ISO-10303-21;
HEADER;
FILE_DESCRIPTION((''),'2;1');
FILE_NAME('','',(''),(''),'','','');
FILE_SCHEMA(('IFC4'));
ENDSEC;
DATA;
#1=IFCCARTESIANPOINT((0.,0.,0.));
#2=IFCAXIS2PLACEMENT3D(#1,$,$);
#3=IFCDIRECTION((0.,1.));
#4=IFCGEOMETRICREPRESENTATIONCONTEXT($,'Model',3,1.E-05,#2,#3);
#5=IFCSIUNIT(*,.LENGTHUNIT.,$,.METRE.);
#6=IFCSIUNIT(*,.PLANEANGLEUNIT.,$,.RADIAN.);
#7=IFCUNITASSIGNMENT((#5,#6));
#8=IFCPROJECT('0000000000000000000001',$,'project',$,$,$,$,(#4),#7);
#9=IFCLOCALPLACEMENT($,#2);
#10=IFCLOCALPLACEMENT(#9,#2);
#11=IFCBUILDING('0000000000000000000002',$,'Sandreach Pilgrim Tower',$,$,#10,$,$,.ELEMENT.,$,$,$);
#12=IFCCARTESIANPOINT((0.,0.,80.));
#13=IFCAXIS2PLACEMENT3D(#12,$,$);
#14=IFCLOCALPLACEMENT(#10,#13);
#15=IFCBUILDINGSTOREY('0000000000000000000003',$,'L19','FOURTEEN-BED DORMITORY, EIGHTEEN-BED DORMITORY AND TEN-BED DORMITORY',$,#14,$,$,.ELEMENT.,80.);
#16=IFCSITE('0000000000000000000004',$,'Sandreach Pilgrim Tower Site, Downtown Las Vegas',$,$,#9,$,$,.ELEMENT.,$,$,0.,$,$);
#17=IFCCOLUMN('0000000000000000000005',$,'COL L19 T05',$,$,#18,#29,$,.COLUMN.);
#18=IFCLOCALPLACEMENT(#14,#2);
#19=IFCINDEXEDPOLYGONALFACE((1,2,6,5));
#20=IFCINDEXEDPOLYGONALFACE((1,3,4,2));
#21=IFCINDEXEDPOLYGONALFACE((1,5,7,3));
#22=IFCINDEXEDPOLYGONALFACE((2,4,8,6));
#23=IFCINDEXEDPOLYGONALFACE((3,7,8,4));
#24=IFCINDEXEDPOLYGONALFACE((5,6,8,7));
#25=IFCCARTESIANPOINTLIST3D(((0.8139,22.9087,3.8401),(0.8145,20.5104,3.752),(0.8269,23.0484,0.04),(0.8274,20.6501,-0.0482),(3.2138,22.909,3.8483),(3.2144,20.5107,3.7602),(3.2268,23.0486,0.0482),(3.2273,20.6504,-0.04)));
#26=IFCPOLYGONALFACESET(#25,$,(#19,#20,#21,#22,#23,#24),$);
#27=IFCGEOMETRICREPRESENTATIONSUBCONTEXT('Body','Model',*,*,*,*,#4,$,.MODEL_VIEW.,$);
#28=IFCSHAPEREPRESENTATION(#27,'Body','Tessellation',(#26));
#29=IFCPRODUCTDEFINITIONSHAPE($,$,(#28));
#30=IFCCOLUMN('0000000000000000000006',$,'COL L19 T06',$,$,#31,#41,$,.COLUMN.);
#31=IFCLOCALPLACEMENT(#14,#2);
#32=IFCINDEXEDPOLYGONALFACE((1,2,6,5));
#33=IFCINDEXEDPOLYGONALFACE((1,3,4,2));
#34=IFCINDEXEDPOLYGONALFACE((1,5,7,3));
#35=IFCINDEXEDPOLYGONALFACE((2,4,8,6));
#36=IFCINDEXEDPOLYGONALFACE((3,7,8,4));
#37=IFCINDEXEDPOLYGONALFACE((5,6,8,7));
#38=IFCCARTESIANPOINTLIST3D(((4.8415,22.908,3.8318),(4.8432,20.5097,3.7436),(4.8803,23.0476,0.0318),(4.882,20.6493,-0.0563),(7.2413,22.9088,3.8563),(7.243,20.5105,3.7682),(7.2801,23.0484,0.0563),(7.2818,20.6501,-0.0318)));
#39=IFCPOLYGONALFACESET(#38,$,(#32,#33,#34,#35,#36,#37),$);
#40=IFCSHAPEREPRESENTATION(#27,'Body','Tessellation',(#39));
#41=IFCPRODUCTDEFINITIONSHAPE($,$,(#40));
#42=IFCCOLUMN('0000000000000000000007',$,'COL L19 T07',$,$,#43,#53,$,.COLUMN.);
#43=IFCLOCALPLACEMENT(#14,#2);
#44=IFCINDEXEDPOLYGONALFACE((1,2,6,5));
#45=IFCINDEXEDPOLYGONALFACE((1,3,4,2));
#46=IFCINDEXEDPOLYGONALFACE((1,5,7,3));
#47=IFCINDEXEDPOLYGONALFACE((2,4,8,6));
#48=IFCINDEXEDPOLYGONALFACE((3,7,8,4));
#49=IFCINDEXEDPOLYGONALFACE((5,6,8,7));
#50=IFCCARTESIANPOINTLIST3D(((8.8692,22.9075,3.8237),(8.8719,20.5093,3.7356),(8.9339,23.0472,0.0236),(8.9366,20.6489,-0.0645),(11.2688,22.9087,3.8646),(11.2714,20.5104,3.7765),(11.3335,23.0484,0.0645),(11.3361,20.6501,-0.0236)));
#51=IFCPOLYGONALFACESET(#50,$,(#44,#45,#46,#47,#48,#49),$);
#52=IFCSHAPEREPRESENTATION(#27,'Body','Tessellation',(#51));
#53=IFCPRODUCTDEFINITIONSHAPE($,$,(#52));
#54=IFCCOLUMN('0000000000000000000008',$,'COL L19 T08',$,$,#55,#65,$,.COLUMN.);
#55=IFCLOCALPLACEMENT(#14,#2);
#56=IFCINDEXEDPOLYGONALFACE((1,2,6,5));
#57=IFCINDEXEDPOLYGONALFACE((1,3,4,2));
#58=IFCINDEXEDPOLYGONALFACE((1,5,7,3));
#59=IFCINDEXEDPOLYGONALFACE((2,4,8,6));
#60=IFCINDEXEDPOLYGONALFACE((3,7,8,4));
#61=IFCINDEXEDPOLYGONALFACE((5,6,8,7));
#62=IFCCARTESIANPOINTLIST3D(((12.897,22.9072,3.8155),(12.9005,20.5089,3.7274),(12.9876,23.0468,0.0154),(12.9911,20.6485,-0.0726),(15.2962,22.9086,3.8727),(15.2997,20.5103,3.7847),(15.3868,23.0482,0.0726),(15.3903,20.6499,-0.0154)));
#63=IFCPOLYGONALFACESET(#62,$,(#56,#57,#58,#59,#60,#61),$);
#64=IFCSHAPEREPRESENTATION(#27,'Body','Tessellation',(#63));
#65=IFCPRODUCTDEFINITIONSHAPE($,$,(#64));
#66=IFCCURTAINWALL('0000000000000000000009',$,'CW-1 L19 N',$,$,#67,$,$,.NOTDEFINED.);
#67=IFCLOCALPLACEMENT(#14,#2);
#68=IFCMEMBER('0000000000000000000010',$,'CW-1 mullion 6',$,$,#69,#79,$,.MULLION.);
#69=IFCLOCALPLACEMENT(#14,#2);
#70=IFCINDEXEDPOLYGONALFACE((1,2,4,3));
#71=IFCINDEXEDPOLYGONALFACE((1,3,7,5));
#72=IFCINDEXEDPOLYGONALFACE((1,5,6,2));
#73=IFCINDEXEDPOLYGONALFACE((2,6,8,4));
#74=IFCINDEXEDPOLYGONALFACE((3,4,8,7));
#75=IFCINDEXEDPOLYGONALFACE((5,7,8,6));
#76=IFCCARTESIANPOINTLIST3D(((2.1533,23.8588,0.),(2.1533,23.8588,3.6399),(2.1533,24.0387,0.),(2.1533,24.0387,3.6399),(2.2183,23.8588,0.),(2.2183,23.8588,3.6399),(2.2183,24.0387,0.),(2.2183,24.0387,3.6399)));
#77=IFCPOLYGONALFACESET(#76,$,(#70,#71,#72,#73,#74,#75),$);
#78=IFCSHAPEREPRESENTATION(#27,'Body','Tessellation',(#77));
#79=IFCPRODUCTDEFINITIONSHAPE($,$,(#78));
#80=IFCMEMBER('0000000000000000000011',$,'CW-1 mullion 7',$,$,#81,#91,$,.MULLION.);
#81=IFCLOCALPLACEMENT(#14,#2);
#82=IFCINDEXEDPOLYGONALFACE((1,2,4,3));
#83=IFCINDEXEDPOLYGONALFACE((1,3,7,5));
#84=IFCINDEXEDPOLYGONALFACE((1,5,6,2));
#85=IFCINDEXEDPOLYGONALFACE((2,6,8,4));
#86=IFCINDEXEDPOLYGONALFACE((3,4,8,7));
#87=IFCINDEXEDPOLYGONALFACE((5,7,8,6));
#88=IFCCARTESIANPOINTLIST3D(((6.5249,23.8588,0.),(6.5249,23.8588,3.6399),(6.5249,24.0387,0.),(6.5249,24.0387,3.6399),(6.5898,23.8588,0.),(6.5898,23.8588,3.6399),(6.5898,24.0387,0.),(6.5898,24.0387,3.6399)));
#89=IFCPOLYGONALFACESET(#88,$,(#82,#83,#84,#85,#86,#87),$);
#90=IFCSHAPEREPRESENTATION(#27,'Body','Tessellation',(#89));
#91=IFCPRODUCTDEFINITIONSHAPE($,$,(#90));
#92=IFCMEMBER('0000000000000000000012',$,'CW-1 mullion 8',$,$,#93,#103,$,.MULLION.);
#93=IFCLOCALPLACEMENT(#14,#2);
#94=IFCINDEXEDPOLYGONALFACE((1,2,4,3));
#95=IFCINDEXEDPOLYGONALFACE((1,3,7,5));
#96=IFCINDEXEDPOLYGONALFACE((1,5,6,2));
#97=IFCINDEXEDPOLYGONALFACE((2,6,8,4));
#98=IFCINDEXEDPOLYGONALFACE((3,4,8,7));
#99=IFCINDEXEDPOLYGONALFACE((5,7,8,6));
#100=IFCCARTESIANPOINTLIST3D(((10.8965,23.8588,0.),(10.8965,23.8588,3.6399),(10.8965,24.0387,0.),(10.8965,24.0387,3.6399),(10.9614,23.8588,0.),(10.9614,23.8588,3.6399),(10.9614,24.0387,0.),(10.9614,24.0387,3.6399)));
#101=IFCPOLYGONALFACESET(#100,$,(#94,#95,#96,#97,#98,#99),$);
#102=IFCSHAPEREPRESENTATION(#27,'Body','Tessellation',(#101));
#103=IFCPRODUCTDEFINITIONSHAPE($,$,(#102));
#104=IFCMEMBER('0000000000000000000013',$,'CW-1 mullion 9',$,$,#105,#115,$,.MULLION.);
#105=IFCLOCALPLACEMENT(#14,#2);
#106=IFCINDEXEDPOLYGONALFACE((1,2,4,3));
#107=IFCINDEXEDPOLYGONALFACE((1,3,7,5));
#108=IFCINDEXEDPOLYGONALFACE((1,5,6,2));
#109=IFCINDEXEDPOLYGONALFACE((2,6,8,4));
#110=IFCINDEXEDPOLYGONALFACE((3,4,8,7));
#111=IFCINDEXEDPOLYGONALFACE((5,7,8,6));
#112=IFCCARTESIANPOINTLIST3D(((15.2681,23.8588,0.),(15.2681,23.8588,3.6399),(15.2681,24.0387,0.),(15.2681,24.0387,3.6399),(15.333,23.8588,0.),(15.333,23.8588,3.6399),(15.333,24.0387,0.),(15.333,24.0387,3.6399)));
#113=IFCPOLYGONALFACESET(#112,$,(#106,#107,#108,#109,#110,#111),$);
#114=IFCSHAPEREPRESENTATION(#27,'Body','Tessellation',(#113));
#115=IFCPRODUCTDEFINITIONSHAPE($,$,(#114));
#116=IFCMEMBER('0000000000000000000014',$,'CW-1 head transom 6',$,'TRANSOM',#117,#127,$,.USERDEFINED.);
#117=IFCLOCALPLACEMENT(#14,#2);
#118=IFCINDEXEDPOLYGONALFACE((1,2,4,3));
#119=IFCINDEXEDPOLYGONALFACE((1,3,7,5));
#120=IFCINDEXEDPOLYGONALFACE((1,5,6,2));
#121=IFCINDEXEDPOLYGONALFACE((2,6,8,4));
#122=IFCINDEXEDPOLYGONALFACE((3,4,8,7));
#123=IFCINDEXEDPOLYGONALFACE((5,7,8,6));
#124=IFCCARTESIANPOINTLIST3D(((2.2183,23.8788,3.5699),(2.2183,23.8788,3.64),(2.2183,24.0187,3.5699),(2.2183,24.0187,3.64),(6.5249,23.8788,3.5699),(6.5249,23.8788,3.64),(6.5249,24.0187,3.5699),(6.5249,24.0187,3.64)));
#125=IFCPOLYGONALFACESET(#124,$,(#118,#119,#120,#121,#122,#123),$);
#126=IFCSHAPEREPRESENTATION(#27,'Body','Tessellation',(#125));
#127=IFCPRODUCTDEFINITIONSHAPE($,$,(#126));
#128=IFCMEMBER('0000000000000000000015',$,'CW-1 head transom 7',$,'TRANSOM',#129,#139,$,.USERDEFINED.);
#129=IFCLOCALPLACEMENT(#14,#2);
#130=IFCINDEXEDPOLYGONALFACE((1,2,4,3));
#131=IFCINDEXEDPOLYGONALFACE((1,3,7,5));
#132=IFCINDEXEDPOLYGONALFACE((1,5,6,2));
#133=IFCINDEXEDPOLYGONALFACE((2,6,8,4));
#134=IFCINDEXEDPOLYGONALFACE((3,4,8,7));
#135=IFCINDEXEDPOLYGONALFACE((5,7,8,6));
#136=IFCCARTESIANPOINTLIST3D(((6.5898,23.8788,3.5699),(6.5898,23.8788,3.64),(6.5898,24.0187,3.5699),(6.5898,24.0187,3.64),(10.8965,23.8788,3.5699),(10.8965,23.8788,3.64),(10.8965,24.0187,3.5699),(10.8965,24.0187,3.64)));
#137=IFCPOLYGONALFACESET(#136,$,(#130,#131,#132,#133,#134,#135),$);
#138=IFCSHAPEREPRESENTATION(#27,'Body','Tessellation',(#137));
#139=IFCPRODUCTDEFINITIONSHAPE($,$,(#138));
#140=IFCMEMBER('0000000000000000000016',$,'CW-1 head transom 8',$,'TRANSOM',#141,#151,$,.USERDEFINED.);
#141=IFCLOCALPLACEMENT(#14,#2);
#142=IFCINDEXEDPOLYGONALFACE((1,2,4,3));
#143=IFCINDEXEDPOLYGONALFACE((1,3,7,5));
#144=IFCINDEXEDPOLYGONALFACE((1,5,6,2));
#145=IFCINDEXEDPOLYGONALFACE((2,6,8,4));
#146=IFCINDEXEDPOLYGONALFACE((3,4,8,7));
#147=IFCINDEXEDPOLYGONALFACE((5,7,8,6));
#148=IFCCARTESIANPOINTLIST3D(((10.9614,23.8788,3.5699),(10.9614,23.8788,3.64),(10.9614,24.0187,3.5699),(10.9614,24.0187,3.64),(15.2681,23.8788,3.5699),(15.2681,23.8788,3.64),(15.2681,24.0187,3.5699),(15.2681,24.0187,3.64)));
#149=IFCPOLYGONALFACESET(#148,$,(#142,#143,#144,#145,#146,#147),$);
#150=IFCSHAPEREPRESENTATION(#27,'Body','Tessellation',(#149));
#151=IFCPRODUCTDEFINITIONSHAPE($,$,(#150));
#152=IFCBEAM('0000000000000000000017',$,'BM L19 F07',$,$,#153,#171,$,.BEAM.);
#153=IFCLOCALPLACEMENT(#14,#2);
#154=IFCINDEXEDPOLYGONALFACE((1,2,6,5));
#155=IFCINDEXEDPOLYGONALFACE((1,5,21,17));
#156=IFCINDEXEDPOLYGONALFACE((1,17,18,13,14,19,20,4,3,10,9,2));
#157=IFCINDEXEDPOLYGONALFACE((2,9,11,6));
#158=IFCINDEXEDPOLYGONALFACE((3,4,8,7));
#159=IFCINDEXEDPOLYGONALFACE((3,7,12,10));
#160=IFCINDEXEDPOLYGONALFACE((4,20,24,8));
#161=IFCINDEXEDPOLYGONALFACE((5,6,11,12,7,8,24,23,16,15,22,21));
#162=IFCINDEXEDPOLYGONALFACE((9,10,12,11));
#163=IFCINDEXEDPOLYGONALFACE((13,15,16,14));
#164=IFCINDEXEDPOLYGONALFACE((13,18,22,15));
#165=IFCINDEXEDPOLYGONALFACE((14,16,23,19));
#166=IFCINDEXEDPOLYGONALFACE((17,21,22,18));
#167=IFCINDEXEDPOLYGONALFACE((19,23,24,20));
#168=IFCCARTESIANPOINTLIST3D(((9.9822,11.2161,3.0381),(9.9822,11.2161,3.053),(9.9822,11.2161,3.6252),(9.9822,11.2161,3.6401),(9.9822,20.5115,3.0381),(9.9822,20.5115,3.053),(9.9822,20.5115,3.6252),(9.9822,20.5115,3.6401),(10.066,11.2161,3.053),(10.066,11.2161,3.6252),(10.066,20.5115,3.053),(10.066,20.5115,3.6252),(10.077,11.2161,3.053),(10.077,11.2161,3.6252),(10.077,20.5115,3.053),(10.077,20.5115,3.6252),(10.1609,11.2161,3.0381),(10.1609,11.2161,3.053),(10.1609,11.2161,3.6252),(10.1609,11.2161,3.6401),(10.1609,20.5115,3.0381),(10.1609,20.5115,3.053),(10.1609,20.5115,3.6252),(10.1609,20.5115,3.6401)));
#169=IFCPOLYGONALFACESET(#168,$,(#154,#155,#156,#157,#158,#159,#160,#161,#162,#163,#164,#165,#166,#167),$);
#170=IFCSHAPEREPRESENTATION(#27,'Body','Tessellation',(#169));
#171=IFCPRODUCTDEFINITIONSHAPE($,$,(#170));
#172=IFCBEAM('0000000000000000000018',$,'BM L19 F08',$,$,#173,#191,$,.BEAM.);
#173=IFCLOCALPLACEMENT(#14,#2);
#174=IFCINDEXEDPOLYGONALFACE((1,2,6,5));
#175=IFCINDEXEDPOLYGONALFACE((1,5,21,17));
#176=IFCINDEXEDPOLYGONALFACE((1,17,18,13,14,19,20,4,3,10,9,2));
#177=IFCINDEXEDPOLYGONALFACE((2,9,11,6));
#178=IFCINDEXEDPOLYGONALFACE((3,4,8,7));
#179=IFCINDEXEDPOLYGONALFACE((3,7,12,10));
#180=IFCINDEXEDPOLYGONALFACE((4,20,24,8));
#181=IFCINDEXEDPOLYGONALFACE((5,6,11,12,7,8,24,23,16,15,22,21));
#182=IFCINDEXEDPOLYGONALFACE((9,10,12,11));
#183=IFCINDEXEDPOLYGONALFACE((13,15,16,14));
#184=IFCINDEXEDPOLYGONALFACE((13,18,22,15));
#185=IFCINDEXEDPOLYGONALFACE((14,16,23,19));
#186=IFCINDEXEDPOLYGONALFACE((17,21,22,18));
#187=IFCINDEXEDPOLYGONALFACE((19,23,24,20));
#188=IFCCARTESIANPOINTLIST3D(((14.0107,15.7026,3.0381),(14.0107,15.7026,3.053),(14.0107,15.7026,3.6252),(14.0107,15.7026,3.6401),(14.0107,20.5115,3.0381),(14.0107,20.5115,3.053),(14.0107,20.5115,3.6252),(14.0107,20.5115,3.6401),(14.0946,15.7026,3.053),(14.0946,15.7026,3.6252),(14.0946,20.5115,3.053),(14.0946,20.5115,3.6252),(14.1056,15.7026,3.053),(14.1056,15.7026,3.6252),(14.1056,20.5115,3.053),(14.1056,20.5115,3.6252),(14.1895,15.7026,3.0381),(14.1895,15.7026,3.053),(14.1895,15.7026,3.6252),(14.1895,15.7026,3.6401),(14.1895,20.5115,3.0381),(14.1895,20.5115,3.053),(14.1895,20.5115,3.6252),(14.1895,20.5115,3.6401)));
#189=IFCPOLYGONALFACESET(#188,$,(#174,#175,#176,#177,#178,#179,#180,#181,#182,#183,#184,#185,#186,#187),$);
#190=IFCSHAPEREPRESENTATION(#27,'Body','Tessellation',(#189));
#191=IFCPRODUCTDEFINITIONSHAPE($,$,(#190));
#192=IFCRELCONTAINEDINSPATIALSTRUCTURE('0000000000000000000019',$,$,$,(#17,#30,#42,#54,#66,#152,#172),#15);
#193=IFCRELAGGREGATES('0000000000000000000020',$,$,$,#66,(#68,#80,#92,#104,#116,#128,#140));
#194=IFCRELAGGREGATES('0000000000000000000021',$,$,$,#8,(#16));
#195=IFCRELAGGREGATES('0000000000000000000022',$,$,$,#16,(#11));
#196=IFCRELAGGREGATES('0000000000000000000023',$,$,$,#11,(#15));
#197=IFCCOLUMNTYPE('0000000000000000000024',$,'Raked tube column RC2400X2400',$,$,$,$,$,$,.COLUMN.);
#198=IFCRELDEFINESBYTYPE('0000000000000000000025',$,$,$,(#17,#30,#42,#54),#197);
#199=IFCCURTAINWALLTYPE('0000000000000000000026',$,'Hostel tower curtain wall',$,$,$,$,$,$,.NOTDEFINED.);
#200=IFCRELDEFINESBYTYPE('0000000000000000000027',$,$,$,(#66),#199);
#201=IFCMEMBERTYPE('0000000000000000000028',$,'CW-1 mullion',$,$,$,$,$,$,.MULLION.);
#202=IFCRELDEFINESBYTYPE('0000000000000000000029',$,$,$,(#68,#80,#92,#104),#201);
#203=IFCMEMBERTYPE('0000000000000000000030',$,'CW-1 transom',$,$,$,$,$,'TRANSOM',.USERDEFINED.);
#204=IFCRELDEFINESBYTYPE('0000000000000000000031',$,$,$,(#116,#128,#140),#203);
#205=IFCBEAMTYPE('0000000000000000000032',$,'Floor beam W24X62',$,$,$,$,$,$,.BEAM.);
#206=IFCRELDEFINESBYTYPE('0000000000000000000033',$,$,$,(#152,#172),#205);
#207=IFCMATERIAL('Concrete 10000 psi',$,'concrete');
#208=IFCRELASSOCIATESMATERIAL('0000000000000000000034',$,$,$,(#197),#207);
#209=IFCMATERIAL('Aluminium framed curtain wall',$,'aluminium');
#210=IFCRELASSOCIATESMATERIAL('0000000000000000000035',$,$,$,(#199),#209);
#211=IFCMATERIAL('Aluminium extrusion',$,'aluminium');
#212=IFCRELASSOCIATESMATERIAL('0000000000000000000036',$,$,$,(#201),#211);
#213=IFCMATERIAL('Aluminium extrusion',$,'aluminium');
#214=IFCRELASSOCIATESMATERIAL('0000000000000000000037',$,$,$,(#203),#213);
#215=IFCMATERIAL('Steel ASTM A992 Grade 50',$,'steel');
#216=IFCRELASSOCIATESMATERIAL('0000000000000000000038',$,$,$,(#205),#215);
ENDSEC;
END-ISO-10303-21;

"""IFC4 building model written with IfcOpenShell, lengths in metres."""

from ifc_helpers import new_model, si_unit, direction, frame, origin, origin_2d, place, context, subcontext, project, spatial, rectangle, i_section, extrude, material, material_profile, profile_set, type_object, element, aggregate, save


model = new_model("IFC4")

# Units and contexts
model_context = context("Model", 3, precision=1e-05, world=origin(), true_north=direction((0.0, 1.0)))
body_context = subcontext(model_context, "Body", "Model", "MODEL_VIEW")
ifc_project = project(units=[si_unit("LENGTHUNIT", "METRE"), si_unit("PLANEANGLEUNIT", "RADIAN")], contexts=[model_context])

# Site, building, storey
site_placement = place(None, origin())
site = spatial("IfcSite", under=ifc_project, at=site_placement, Name="Sandreach Pilgrim Tower Site, Downtown Las Vegas", CompositionType="ELEMENT", RefElevation=0.0)
building_placement = place(site_placement, origin())
building = spatial("IfcBuilding", under=site, at=building_placement, Name="Sandreach Pilgrim Tower", CompositionType="ELEMENT")
storey_placement = place(building_placement, frame((0.0, 0.0, 80.0)))
storey = spatial("IfcBuildingStorey", under=building, at=storey_placement, Name="L19", Description="FOURTEEN-BED DORMITORY, EIGHTEEN-BED DORMITORY AND TEN-BED DORMITORY", CompositionType="ELEMENT", Elevation=80.0)

# Columns
ifc_material_1 = material(Name="Concrete 10000 psi", Category="concrete")
ifc_material_profile_1 = material_profile(ifc_material_1, rectangle(XDim=2.3999, YDim=2.3999, at=origin_2d()), Name="RC2400X2400")
ifc_profile_set_1 = profile_set([ifc_material_profile_1], Name="Concrete 10000 psi")
column_type = type_object("IfcColumnType", Name="Raked tube column RC2400X2400", PredefinedType="COLUMN", material=ifc_profile_set_1)
for number, where, z_axis, x_axis, name in (
    (1, (2.0271, 21.8494, 0.0), (-0.003403, -0.036724, 0.99932), (-0.000242, 0.999325, 0.036724), "COL L19 T05"),
    (2, (6.0811, 21.8489, 0.0), (-0.010208, -0.036722, 0.999273), (-0.000705, 0.999325, 0.036717), "COL L19 T06"),
):
    element("IfcColumn", number, at=place(storey_placement, frame(where, z_axis=z_axis, x_axis=x_axis)), inside=storey, type_object=column_type, Name=name, PredefinedType="COLUMN", context=body_context, shape_type="SweptSolid", body=[
        extrude(rectangle(XDim=2.3999, YDim=2.3999, at=origin_2d()), origin(), (0.0, 0.0, 1.0), 3.8027),
    ])
column_1_placement = place(storey_placement, frame((10.135, 21.8486, 0.0), z_axis=(-0.017011, -0.036719, 0.999181), x_axis=(-0.001112, 0.999326, 0.036705)))
element("IfcColumn", 3, at=column_1_placement, inside=storey, type_object=column_type, Name="COL L19 T07", PredefinedType="COLUMN", context=body_context, shape_type="SweptSolid", body=[
    extrude(rectangle(XDim=2.3999, YDim=2.3999, at=origin_2d()), origin(), (0.0, 0.0, 1.0), 3.8032),
])
column_2_placement = place(storey_placement, frame((14.189, 21.8484, 0.0), z_axis=(-0.023813, -0.036714, 0.999042), x_axis=(-0.001458, 0.999326, 0.03669)))
element("IfcColumn", 4, at=column_2_placement, inside=storey, type_object=column_type, Name="COL L19 T08", PredefinedType="COLUMN", context=body_context, shape_type="SweptSolid", body=[
    extrude(rectangle(XDim=2.3999, YDim=2.3999, at=origin_2d()), origin(), (0.0, 0.0, 1.0), 3.8037),
])

# Curtain wall, members
ifc_material_2 = material(Name="Aluminium framed curtain wall", Category="aluminium")
curtain_wall_type = type_object("IfcCurtainWallType", Name="Hostel tower curtain wall", PredefinedType="NOTDEFINED", material=ifc_material_2)
curtain_wall_placement = place(storey_placement, origin())
curtain_wall = element("IfcCurtainWall", 5, at=curtain_wall_placement, inside=storey, type_object=curtain_wall_type, Name="CW-1 L19 N", PredefinedType="NOTDEFINED")
ifc_material_3 = material(Name="Aluminium extrusion", Category="aluminium")
ifc_material_profile_2 = material_profile(ifc_material_3, rectangle(XDim=0.0649, YDim=0.1799, at=origin_2d()), Name="CW-1M 65X180")
ifc_profile_set_2 = profile_set([ifc_material_profile_2], Name="Aluminium extrusion")
member_type_1 = type_object("IfcMemberType", Name="CW-1 mullion", PredefinedType="MULLION", material=ifc_profile_set_2)
member_1_placement = place(storey_placement, frame((2.1858, 23.9487, 0.0), z_axis=(0.0, 0.0, 1.0), x_axis=(1.0, 0.0, 0.0)))
member_1 = element("IfcMember", 6, at=member_1_placement, type_object=member_type_1, Name="CW-1 mullion 6", PredefinedType="MULLION", context=body_context, shape_type="SweptSolid", body=[
    extrude(rectangle(XDim=0.0649, YDim=0.1799, at=origin_2d()), origin(), (0.0, 0.0, 1.0), 3.6399),
])
member_2_placement = place(storey_placement, frame((6.5574, 23.9487, 0.0), z_axis=(0.0, 0.0, 1.0), x_axis=(1.0, 0.0, 0.0)))
member_2 = element("IfcMember", 7, at=member_2_placement, type_object=member_type_1, Name="CW-1 mullion 7", PredefinedType="MULLION", context=body_context, shape_type="SweptSolid", body=[
    extrude(rectangle(XDim=0.0649, YDim=0.1799, at=origin_2d()), origin(), (0.0, 0.0, 1.0), 3.6399),
])
member_3_placement = place(storey_placement, frame((10.929, 23.9487, 0.0), z_axis=(0.0, 0.0, 1.0), x_axis=(1.0, 0.0, 0.0)))
member_3 = element("IfcMember", 8, at=member_3_placement, type_object=member_type_1, Name="CW-1 mullion 8", PredefinedType="MULLION", context=body_context, shape_type="SweptSolid", body=[
    extrude(rectangle(XDim=0.0649, YDim=0.1799, at=origin_2d()), origin(), (0.0, 0.0, 1.0), 3.6399),
])
member_4_placement = place(storey_placement, frame((15.3005, 23.9487, 0.0), z_axis=(0.0, 0.0, 1.0), x_axis=(1.0, 0.0, 0.0)))
member_4 = element("IfcMember", 9, at=member_4_placement, type_object=member_type_1, Name="CW-1 mullion 9", PredefinedType="MULLION", context=body_context, shape_type="SweptSolid", body=[
    extrude(rectangle(XDim=0.0649, YDim=0.1799, at=origin_2d()), origin(), (0.0, 0.0, 1.0), 3.6399),
])
ifc_material_4 = material(Name="Aluminium extrusion", Category="aluminium")
ifc_material_profile_3 = material_profile(ifc_material_4, rectangle(XDim=0.1399, YDim=0.0701, at=origin_2d()), Name="CW-1T 140X70")
ifc_profile_set_3 = profile_set([ifc_material_profile_3], Name="Aluminium extrusion")
member_type_2 = type_object("IfcMemberType", Name="CW-1 transom", ElementType="TRANSOM", PredefinedType="USERDEFINED", material=ifc_profile_set_3)
member_5_placement = place(storey_placement, frame((2.2183, 23.9487, 3.605), z_axis=(1.0, 0.0, 0.0), x_axis=(0.0, 1.0, 0.0)))
member_5 = element("IfcMember", 10, at=member_5_placement, type_object=member_type_2, Name="CW-1 head transom 6", ObjectType="TRANSOM", PredefinedType="USERDEFINED", context=body_context, shape_type="SweptSolid", body=[
    extrude(rectangle(XDim=0.1399, YDim=0.0701, at=origin_2d()), origin(), (0.0, 0.0, 1.0), 4.3066),
])
member_6_placement = place(storey_placement, frame((6.5898, 23.9487, 3.605), z_axis=(1.0, 0.0, 0.0), x_axis=(0.0, 1.0, 0.0)))
member_6 = element("IfcMember", 11, at=member_6_placement, type_object=member_type_2, Name="CW-1 head transom 7", ObjectType="TRANSOM", PredefinedType="USERDEFINED", context=body_context, shape_type="SweptSolid", body=[
    extrude(rectangle(XDim=0.1399, YDim=0.0701, at=origin_2d()), origin(), (0.0, 0.0, 1.0), 4.3066),
])
member_7_placement = place(storey_placement, frame((10.9614, 23.9487, 3.605), z_axis=(1.0, 0.0, 0.0), x_axis=(0.0, 1.0, 0.0)))
member_7 = element("IfcMember", 12, at=member_7_placement, type_object=member_type_2, Name="CW-1 head transom 8", ObjectType="TRANSOM", PredefinedType="USERDEFINED", context=body_context, shape_type="SweptSolid", body=[
    extrude(rectangle(XDim=0.1399, YDim=0.0701, at=origin_2d()), origin(), (0.0, 0.0, 1.0), 4.3066),
])

# Beams
ifc_material_5 = material(Name="Steel ASTM A992 Grade 50", Category="steel")
ifc_material_profile_4 = material_profile(ifc_material_5, i_section(OverallWidth=0.1787, OverallDepth=0.6021, WebThickness=0.011, FlangeThickness=0.0149, at=origin_2d()), Name="W24X62")
ifc_profile_set_4 = profile_set([ifc_material_profile_4], Name="Steel ASTM A992 Grade 50")
beam_type_1 = type_object("IfcBeamType", Name="Floor beam W24X62", PredefinedType="BEAM", material=ifc_profile_set_4)
beam_1_placement = place(storey_placement, frame((10.0715, 20.5115, 3.3391), z_axis=(0.0, -1.0, 0.0), x_axis=(1.0, 0.0, 0.0)))
element("IfcBeam", 13, at=beam_1_placement, inside=storey, type_object=beam_type_1, Name="BM L19 F07", PredefinedType="BEAM", context=body_context, shape_type="SweptSolid", body=[
    extrude(i_section(OverallWidth=0.1787, OverallDepth=0.6021, WebThickness=0.011, FlangeThickness=0.0149, at=origin_2d()), origin(), (0.0, 0.0, 1.0), 9.2954),
])
beam_2_placement = place(storey_placement, frame((14.1001, 20.5115, 3.3391), z_axis=(0.0, -1.0, 0.0), x_axis=(1.0, 0.0, 0.0)))
element("IfcBeam", 14, at=beam_2_placement, inside=storey, type_object=beam_type_1, Name="BM L19 F08", PredefinedType="BEAM", context=body_context, shape_type="SweptSolid", body=[
    extrude(i_section(OverallWidth=0.1787, OverallDepth=0.6021, WebThickness=0.011, FlangeThickness=0.0149, at=origin_2d()), origin(), (0.0, 0.0, 1.0), 4.8088),
])

aggregate(curtain_wall, [member_1, member_2, member_3, member_4, member_5, member_6, member_7])

save(model, "model.ifc")
